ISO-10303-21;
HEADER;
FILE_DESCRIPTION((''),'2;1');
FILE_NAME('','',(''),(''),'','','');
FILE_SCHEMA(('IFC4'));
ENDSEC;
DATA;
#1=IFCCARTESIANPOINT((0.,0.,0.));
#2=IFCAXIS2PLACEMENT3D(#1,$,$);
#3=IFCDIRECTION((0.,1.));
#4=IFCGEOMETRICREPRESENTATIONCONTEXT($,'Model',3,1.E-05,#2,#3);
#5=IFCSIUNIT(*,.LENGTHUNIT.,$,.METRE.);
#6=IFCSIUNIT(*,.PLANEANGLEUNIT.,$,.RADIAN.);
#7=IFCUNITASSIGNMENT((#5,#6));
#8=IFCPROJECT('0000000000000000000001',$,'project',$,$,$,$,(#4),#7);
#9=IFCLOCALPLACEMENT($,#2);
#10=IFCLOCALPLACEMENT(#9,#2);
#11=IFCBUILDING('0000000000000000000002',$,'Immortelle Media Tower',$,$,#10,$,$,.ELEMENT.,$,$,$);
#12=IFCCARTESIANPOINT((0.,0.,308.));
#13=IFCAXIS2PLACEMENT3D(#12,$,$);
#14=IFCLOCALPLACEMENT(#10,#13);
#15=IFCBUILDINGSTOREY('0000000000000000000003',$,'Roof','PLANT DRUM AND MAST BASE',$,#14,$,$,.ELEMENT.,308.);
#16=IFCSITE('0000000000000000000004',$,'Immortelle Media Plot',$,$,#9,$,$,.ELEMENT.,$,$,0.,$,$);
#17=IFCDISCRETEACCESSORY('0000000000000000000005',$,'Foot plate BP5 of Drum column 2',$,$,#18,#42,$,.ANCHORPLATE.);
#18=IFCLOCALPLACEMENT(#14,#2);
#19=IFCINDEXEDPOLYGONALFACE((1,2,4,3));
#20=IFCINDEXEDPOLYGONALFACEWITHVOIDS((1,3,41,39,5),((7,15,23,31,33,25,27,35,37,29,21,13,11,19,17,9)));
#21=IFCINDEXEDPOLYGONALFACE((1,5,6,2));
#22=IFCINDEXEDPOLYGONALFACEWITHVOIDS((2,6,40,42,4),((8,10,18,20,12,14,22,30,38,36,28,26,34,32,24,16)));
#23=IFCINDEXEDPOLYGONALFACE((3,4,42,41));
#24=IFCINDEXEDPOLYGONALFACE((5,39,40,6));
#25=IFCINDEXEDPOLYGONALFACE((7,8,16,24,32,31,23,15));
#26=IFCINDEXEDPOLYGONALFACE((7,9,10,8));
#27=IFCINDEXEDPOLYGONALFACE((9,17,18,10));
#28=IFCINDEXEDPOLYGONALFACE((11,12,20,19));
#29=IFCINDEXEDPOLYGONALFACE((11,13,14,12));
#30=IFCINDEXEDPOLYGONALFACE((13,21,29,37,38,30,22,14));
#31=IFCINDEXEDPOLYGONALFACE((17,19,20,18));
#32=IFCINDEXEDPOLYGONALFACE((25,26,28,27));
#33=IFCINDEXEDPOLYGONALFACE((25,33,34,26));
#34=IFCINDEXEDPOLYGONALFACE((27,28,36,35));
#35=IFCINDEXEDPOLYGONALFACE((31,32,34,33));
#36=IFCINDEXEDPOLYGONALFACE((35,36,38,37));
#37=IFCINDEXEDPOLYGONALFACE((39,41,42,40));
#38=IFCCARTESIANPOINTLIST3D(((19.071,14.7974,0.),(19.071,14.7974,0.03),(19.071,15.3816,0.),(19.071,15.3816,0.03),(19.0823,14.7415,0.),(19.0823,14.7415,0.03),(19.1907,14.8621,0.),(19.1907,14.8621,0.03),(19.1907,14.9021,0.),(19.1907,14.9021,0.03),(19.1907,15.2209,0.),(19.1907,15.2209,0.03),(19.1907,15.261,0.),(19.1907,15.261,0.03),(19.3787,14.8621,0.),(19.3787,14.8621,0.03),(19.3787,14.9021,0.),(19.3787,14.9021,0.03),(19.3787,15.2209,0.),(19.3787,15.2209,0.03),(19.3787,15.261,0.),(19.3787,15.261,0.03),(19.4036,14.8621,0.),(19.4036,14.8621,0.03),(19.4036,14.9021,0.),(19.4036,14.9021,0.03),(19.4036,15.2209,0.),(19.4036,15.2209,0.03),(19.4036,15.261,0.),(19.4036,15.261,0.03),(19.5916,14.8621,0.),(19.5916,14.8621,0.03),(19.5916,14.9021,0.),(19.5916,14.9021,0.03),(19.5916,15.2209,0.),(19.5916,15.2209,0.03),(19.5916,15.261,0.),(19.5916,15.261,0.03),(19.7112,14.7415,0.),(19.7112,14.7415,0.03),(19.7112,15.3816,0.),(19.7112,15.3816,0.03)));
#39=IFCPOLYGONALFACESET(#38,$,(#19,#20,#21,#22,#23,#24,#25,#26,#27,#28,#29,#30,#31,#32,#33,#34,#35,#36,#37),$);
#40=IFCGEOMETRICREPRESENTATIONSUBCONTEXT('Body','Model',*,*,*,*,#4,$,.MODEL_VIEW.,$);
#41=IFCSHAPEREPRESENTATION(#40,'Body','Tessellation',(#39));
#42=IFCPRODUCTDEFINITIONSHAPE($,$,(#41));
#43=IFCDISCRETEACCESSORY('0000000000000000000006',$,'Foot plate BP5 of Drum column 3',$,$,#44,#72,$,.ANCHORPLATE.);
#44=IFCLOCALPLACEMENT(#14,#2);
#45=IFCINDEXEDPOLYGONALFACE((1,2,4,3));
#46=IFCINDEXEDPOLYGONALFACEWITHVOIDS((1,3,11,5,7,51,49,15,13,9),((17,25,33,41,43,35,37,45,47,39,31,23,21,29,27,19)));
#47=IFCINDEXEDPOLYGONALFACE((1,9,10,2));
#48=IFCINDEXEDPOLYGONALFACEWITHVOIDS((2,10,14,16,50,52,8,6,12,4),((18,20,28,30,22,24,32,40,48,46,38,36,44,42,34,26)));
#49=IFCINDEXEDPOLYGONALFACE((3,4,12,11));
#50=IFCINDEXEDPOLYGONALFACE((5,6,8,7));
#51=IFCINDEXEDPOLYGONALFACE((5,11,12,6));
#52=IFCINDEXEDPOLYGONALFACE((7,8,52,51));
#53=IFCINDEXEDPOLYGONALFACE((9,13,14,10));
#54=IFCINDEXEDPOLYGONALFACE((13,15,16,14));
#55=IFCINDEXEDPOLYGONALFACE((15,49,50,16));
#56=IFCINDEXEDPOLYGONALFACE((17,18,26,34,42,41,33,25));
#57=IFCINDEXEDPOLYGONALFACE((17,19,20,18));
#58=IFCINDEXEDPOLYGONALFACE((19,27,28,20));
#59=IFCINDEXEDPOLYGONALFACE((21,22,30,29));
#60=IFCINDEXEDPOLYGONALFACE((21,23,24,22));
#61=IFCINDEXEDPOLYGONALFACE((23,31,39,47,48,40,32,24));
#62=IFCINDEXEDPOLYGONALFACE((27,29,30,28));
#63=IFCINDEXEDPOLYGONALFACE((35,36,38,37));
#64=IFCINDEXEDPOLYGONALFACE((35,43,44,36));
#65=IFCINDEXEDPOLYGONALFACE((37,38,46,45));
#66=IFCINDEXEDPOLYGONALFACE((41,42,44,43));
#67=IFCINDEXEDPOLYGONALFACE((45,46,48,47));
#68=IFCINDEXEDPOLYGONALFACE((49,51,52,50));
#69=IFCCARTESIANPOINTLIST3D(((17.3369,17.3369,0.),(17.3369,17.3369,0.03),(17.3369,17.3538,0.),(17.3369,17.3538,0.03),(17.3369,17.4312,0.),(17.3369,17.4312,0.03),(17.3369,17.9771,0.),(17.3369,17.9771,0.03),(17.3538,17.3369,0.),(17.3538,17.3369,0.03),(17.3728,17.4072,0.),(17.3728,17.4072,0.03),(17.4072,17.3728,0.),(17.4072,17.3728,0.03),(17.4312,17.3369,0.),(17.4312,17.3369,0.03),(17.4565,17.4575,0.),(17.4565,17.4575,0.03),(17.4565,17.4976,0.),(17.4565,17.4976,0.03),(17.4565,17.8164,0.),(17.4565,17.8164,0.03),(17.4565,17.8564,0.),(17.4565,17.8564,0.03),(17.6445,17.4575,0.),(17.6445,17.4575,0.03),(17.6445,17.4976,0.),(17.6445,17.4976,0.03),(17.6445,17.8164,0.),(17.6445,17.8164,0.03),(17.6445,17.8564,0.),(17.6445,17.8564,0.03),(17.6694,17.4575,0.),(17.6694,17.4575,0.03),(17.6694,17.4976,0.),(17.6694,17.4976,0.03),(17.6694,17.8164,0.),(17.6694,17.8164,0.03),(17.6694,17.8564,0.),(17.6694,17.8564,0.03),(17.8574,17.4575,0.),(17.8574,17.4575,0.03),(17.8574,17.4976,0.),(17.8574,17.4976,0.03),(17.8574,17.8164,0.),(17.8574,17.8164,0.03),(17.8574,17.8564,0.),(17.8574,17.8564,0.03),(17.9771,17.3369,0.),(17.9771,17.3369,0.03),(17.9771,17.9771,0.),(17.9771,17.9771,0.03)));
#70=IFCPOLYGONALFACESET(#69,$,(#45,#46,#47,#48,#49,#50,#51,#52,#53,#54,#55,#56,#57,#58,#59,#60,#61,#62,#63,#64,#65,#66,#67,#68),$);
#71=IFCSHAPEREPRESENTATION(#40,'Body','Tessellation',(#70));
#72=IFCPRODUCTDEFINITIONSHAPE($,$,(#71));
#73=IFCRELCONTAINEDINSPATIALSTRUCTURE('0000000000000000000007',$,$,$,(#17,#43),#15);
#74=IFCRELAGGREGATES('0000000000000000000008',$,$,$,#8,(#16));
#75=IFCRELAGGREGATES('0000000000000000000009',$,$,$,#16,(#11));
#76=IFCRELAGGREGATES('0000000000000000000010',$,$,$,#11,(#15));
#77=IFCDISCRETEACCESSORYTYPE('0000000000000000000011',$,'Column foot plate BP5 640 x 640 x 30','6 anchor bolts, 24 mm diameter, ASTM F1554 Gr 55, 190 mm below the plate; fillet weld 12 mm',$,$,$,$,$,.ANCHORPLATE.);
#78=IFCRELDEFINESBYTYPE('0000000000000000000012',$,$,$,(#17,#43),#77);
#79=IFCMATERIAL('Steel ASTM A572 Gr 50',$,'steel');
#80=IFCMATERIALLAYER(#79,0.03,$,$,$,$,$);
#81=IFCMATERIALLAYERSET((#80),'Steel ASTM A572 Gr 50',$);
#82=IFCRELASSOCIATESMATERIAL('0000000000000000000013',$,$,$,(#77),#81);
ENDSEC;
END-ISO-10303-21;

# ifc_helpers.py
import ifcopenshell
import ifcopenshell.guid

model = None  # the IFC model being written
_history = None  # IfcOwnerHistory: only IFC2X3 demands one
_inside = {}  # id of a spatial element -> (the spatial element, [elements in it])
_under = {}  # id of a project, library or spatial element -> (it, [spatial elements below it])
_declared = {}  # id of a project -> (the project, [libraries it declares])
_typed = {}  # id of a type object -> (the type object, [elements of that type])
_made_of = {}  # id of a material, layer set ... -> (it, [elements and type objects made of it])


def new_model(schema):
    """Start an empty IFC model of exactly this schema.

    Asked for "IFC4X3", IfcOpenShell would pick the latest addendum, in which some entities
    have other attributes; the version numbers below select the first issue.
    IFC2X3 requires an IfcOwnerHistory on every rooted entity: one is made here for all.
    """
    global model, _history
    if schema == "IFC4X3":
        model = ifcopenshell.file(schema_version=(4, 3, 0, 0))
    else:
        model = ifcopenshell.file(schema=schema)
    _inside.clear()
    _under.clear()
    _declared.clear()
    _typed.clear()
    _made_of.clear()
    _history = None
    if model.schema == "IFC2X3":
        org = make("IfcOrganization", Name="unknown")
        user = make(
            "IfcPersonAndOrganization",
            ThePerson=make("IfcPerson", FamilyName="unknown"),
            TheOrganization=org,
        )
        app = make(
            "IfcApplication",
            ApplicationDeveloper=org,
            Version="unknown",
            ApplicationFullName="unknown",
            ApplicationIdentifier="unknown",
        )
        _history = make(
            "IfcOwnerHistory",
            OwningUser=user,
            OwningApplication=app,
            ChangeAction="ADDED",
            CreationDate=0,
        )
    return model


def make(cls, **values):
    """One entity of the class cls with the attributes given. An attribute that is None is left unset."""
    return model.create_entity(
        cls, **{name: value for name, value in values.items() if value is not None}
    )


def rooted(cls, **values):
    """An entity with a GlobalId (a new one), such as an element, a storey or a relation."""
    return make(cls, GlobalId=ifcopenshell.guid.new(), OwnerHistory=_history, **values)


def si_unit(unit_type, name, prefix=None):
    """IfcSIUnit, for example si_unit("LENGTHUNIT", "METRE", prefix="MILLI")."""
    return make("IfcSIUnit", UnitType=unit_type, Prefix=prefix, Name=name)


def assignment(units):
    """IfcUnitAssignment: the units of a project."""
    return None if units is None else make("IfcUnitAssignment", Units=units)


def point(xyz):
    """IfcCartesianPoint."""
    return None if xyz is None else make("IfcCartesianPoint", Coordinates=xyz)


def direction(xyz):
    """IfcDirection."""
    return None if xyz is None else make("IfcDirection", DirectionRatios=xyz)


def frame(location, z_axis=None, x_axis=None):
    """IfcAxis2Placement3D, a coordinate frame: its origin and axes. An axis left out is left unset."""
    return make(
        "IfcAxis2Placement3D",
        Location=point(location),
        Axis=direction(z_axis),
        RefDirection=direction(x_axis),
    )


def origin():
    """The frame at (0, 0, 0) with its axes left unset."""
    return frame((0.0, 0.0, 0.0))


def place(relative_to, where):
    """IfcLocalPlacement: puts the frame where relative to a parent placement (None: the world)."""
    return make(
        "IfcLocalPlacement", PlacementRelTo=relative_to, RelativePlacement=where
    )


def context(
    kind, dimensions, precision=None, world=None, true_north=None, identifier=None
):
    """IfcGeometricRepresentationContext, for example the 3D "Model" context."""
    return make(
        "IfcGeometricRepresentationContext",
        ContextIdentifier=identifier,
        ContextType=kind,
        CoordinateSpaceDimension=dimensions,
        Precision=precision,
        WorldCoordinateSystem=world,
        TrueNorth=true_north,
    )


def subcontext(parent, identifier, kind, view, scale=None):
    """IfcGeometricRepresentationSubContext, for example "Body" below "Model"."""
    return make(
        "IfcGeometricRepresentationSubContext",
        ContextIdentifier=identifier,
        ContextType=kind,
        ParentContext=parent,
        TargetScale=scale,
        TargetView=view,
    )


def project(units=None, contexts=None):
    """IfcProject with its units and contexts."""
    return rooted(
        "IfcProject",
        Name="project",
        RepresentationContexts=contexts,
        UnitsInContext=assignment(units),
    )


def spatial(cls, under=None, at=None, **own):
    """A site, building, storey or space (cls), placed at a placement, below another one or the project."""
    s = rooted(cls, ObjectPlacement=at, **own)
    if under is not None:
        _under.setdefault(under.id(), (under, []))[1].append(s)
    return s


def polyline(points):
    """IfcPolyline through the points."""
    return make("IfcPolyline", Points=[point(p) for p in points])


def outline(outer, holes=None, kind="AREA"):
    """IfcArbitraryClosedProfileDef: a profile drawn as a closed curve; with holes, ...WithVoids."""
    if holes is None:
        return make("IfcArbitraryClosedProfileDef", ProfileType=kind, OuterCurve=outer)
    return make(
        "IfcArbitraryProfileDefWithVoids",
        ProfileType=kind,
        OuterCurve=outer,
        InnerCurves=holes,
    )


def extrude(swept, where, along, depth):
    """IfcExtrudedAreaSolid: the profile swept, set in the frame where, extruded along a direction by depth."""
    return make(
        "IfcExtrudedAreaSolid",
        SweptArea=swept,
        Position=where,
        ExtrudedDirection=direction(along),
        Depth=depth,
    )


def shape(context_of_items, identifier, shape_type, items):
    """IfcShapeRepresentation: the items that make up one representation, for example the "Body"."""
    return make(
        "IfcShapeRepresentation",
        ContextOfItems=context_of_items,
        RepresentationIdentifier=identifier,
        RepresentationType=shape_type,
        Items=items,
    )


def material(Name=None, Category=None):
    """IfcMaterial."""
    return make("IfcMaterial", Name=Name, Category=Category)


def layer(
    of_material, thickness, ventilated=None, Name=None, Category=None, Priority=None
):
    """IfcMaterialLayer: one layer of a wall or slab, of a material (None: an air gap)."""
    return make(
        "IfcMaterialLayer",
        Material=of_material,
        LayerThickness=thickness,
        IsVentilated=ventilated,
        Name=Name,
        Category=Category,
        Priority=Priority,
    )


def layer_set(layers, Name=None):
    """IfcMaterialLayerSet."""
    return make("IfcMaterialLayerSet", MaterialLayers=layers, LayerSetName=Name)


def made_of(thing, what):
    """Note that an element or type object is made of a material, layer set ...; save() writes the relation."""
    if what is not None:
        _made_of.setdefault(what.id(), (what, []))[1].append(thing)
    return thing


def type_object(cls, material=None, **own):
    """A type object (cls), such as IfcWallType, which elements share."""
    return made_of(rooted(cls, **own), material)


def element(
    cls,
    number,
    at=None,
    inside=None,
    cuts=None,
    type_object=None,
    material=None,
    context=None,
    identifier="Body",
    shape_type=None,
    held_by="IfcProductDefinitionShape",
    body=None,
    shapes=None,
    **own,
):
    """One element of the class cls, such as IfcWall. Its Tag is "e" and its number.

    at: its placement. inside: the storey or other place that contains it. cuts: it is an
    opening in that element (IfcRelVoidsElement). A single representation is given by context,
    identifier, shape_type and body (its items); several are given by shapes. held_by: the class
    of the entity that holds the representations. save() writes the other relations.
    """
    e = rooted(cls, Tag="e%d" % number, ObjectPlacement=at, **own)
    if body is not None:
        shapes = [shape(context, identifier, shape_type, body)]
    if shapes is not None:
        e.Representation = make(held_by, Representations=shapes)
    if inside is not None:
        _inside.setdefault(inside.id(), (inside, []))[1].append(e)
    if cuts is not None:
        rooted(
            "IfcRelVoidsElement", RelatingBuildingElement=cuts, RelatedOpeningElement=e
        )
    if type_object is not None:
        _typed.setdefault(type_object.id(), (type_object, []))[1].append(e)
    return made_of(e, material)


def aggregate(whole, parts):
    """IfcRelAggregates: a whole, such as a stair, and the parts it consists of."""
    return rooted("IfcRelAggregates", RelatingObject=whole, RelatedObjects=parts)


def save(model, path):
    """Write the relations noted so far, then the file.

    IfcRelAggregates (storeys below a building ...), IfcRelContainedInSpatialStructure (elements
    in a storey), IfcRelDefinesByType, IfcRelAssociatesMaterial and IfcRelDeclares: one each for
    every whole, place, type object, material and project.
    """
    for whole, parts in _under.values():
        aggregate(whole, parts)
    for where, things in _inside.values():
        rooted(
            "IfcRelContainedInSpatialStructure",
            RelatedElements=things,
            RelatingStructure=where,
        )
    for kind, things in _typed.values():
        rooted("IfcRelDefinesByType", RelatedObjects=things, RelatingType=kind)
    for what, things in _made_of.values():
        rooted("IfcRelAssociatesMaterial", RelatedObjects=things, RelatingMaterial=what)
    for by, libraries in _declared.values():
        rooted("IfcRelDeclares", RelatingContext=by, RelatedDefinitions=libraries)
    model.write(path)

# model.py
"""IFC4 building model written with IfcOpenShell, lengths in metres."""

from ifc_helpers import new_model, si_unit, direction, frame, origin, place, context, subcontext, project, spatial, polyline, outline, extrude, material, layer, layer_set, type_object, element, save


model = new_model("IFC4")

# Units and contexts
model_context = context("Model", 3, precision=1e-05, world=origin(), true_north=direction((0.0, 1.0)))
body_context = subcontext(model_context, "Body", "Model", "MODEL_VIEW")
ifc_project = project(units=[si_unit("LENGTHUNIT", "METRE"), si_unit("PLANEANGLEUNIT", "RADIAN")], contexts=[model_context])

# Site, building, storey
site_placement = place(None, origin())
site = spatial("IfcSite", under=ifc_project, at=site_placement, Name="Immortelle Media Plot", CompositionType="ELEMENT", RefElevation=0.0)
building_placement = place(site_placement, origin())
building = spatial("IfcBuilding", under=site, at=building_placement, Name="Immortelle Media Tower", CompositionType="ELEMENT")
storey_placement = place(building_placement, frame((0.0, 0.0, 308.0)))
storey = spatial("IfcBuildingStorey", under=building, at=storey_placement, Name="Roof", Description="PLANT DRUM AND MAST BASE", CompositionType="ELEMENT", Elevation=308.0)

# Discrete accessories
ifc_material_1 = material(Name="Steel ASTM A572 Gr 50", Category="steel")
ifc_layer_1 = layer(ifc_material_1, 0.03)
ifc_layer_set_1 = layer_set([ifc_layer_1], Name="Steel ASTM A572 Gr 50")
discrete_accessory_type = type_object("IfcDiscreteAccessoryType", Name="Column foot plate BP5 640 x 640 x 30", Description="6 anchor bolts, 24 mm diameter, ASTM F1554 Gr 55, 190 mm below the plate; fillet weld 12 mm", PredefinedType="ANCHORPLATE", material=ifc_layer_set_1)
discrete_accessory_1_placement = place(storey_placement, frame((19.3911, 15.0615, 0.0), z_axis=(0.0, 0.0, 1.0), x_axis=(1.0, 0.0, 0.0)))
element("IfcDiscreteAccessory", 1, at=discrete_accessory_1_placement, inside=storey, type_object=discrete_accessory_type, Name="Foot plate BP5 of Drum column 2", PredefinedType="ANCHORPLATE", context=body_context, shape_type="SweptSolid", body=[
    extrude(outline(polyline([(0.3201, 0.3201), (-0.3201, 0.3201), (-0.3201, -0.2642), (-0.3088, -0.3201), (0.3201, -0.3201), (0.3201, 0.3201)]), holes=[polyline([(0.0125, -0.1594), (0.2004, -0.1594), (0.2004, -0.1995), (0.0125, -0.1995), (-0.0125, -0.1995), (-0.2004, -0.1995), (-0.2004, -0.1594), (-0.0125, -0.1594), (-0.0125, 0.1594), (-0.2004, 0.1594), (-0.2004, 0.1995), (-0.0125, 0.1995), (0.0125, 0.1995), (0.2004, 0.1995), (0.2004, 0.1594), (0.0125, 0.1594), (0.0125, -0.1594)])]), origin(), (0.0, 0.0, 1.0), 0.03),
])
discrete_accessory_2_placement = place(storey_placement, frame((17.657, 17.657, 0.0), z_axis=(0.0, 0.0, 1.0), x_axis=(1.0, 0.0, 0.0)))
element("IfcDiscreteAccessory", 2, at=discrete_accessory_2_placement, inside=storey, type_object=discrete_accessory_type, Name="Foot plate BP5 of Drum column 3", PredefinedType="ANCHORPLATE", context=body_context, shape_type="SweptSolid", body=[
    extrude(outline(polyline([(0.3201, 0.3201), (-0.3201, 0.3201), (-0.3201, -0.2258), (-0.2842, -0.2498), (-0.3201, -0.3032), (-0.3201, -0.3201), (-0.3032, -0.3201), (-0.2498, -0.2842), (-0.2258, -0.3201), (0.3201, -0.3201), (0.3201, 0.3201)]), holes=[polyline([(0.0125, -0.1594), (0.2004, -0.1594), (0.2004, -0.1995), (0.0125, -0.1995), (-0.0125, -0.1995), (-0.2004, -0.1995), (-0.2004, -0.1594), (-0.0125, -0.1594), (-0.0125, 0.1594), (-0.2004, 0.1594), (-0.2004, 0.1995), (-0.0125, 0.1995), (0.0125, 0.1995), (0.2004, 0.1995), (0.2004, 0.1594), (0.0125, 0.1594), (0.0125, -0.1594)])]), origin(), (0.0, 0.0, 1.0), 0.03),
])

save(model, "model.ifc")
